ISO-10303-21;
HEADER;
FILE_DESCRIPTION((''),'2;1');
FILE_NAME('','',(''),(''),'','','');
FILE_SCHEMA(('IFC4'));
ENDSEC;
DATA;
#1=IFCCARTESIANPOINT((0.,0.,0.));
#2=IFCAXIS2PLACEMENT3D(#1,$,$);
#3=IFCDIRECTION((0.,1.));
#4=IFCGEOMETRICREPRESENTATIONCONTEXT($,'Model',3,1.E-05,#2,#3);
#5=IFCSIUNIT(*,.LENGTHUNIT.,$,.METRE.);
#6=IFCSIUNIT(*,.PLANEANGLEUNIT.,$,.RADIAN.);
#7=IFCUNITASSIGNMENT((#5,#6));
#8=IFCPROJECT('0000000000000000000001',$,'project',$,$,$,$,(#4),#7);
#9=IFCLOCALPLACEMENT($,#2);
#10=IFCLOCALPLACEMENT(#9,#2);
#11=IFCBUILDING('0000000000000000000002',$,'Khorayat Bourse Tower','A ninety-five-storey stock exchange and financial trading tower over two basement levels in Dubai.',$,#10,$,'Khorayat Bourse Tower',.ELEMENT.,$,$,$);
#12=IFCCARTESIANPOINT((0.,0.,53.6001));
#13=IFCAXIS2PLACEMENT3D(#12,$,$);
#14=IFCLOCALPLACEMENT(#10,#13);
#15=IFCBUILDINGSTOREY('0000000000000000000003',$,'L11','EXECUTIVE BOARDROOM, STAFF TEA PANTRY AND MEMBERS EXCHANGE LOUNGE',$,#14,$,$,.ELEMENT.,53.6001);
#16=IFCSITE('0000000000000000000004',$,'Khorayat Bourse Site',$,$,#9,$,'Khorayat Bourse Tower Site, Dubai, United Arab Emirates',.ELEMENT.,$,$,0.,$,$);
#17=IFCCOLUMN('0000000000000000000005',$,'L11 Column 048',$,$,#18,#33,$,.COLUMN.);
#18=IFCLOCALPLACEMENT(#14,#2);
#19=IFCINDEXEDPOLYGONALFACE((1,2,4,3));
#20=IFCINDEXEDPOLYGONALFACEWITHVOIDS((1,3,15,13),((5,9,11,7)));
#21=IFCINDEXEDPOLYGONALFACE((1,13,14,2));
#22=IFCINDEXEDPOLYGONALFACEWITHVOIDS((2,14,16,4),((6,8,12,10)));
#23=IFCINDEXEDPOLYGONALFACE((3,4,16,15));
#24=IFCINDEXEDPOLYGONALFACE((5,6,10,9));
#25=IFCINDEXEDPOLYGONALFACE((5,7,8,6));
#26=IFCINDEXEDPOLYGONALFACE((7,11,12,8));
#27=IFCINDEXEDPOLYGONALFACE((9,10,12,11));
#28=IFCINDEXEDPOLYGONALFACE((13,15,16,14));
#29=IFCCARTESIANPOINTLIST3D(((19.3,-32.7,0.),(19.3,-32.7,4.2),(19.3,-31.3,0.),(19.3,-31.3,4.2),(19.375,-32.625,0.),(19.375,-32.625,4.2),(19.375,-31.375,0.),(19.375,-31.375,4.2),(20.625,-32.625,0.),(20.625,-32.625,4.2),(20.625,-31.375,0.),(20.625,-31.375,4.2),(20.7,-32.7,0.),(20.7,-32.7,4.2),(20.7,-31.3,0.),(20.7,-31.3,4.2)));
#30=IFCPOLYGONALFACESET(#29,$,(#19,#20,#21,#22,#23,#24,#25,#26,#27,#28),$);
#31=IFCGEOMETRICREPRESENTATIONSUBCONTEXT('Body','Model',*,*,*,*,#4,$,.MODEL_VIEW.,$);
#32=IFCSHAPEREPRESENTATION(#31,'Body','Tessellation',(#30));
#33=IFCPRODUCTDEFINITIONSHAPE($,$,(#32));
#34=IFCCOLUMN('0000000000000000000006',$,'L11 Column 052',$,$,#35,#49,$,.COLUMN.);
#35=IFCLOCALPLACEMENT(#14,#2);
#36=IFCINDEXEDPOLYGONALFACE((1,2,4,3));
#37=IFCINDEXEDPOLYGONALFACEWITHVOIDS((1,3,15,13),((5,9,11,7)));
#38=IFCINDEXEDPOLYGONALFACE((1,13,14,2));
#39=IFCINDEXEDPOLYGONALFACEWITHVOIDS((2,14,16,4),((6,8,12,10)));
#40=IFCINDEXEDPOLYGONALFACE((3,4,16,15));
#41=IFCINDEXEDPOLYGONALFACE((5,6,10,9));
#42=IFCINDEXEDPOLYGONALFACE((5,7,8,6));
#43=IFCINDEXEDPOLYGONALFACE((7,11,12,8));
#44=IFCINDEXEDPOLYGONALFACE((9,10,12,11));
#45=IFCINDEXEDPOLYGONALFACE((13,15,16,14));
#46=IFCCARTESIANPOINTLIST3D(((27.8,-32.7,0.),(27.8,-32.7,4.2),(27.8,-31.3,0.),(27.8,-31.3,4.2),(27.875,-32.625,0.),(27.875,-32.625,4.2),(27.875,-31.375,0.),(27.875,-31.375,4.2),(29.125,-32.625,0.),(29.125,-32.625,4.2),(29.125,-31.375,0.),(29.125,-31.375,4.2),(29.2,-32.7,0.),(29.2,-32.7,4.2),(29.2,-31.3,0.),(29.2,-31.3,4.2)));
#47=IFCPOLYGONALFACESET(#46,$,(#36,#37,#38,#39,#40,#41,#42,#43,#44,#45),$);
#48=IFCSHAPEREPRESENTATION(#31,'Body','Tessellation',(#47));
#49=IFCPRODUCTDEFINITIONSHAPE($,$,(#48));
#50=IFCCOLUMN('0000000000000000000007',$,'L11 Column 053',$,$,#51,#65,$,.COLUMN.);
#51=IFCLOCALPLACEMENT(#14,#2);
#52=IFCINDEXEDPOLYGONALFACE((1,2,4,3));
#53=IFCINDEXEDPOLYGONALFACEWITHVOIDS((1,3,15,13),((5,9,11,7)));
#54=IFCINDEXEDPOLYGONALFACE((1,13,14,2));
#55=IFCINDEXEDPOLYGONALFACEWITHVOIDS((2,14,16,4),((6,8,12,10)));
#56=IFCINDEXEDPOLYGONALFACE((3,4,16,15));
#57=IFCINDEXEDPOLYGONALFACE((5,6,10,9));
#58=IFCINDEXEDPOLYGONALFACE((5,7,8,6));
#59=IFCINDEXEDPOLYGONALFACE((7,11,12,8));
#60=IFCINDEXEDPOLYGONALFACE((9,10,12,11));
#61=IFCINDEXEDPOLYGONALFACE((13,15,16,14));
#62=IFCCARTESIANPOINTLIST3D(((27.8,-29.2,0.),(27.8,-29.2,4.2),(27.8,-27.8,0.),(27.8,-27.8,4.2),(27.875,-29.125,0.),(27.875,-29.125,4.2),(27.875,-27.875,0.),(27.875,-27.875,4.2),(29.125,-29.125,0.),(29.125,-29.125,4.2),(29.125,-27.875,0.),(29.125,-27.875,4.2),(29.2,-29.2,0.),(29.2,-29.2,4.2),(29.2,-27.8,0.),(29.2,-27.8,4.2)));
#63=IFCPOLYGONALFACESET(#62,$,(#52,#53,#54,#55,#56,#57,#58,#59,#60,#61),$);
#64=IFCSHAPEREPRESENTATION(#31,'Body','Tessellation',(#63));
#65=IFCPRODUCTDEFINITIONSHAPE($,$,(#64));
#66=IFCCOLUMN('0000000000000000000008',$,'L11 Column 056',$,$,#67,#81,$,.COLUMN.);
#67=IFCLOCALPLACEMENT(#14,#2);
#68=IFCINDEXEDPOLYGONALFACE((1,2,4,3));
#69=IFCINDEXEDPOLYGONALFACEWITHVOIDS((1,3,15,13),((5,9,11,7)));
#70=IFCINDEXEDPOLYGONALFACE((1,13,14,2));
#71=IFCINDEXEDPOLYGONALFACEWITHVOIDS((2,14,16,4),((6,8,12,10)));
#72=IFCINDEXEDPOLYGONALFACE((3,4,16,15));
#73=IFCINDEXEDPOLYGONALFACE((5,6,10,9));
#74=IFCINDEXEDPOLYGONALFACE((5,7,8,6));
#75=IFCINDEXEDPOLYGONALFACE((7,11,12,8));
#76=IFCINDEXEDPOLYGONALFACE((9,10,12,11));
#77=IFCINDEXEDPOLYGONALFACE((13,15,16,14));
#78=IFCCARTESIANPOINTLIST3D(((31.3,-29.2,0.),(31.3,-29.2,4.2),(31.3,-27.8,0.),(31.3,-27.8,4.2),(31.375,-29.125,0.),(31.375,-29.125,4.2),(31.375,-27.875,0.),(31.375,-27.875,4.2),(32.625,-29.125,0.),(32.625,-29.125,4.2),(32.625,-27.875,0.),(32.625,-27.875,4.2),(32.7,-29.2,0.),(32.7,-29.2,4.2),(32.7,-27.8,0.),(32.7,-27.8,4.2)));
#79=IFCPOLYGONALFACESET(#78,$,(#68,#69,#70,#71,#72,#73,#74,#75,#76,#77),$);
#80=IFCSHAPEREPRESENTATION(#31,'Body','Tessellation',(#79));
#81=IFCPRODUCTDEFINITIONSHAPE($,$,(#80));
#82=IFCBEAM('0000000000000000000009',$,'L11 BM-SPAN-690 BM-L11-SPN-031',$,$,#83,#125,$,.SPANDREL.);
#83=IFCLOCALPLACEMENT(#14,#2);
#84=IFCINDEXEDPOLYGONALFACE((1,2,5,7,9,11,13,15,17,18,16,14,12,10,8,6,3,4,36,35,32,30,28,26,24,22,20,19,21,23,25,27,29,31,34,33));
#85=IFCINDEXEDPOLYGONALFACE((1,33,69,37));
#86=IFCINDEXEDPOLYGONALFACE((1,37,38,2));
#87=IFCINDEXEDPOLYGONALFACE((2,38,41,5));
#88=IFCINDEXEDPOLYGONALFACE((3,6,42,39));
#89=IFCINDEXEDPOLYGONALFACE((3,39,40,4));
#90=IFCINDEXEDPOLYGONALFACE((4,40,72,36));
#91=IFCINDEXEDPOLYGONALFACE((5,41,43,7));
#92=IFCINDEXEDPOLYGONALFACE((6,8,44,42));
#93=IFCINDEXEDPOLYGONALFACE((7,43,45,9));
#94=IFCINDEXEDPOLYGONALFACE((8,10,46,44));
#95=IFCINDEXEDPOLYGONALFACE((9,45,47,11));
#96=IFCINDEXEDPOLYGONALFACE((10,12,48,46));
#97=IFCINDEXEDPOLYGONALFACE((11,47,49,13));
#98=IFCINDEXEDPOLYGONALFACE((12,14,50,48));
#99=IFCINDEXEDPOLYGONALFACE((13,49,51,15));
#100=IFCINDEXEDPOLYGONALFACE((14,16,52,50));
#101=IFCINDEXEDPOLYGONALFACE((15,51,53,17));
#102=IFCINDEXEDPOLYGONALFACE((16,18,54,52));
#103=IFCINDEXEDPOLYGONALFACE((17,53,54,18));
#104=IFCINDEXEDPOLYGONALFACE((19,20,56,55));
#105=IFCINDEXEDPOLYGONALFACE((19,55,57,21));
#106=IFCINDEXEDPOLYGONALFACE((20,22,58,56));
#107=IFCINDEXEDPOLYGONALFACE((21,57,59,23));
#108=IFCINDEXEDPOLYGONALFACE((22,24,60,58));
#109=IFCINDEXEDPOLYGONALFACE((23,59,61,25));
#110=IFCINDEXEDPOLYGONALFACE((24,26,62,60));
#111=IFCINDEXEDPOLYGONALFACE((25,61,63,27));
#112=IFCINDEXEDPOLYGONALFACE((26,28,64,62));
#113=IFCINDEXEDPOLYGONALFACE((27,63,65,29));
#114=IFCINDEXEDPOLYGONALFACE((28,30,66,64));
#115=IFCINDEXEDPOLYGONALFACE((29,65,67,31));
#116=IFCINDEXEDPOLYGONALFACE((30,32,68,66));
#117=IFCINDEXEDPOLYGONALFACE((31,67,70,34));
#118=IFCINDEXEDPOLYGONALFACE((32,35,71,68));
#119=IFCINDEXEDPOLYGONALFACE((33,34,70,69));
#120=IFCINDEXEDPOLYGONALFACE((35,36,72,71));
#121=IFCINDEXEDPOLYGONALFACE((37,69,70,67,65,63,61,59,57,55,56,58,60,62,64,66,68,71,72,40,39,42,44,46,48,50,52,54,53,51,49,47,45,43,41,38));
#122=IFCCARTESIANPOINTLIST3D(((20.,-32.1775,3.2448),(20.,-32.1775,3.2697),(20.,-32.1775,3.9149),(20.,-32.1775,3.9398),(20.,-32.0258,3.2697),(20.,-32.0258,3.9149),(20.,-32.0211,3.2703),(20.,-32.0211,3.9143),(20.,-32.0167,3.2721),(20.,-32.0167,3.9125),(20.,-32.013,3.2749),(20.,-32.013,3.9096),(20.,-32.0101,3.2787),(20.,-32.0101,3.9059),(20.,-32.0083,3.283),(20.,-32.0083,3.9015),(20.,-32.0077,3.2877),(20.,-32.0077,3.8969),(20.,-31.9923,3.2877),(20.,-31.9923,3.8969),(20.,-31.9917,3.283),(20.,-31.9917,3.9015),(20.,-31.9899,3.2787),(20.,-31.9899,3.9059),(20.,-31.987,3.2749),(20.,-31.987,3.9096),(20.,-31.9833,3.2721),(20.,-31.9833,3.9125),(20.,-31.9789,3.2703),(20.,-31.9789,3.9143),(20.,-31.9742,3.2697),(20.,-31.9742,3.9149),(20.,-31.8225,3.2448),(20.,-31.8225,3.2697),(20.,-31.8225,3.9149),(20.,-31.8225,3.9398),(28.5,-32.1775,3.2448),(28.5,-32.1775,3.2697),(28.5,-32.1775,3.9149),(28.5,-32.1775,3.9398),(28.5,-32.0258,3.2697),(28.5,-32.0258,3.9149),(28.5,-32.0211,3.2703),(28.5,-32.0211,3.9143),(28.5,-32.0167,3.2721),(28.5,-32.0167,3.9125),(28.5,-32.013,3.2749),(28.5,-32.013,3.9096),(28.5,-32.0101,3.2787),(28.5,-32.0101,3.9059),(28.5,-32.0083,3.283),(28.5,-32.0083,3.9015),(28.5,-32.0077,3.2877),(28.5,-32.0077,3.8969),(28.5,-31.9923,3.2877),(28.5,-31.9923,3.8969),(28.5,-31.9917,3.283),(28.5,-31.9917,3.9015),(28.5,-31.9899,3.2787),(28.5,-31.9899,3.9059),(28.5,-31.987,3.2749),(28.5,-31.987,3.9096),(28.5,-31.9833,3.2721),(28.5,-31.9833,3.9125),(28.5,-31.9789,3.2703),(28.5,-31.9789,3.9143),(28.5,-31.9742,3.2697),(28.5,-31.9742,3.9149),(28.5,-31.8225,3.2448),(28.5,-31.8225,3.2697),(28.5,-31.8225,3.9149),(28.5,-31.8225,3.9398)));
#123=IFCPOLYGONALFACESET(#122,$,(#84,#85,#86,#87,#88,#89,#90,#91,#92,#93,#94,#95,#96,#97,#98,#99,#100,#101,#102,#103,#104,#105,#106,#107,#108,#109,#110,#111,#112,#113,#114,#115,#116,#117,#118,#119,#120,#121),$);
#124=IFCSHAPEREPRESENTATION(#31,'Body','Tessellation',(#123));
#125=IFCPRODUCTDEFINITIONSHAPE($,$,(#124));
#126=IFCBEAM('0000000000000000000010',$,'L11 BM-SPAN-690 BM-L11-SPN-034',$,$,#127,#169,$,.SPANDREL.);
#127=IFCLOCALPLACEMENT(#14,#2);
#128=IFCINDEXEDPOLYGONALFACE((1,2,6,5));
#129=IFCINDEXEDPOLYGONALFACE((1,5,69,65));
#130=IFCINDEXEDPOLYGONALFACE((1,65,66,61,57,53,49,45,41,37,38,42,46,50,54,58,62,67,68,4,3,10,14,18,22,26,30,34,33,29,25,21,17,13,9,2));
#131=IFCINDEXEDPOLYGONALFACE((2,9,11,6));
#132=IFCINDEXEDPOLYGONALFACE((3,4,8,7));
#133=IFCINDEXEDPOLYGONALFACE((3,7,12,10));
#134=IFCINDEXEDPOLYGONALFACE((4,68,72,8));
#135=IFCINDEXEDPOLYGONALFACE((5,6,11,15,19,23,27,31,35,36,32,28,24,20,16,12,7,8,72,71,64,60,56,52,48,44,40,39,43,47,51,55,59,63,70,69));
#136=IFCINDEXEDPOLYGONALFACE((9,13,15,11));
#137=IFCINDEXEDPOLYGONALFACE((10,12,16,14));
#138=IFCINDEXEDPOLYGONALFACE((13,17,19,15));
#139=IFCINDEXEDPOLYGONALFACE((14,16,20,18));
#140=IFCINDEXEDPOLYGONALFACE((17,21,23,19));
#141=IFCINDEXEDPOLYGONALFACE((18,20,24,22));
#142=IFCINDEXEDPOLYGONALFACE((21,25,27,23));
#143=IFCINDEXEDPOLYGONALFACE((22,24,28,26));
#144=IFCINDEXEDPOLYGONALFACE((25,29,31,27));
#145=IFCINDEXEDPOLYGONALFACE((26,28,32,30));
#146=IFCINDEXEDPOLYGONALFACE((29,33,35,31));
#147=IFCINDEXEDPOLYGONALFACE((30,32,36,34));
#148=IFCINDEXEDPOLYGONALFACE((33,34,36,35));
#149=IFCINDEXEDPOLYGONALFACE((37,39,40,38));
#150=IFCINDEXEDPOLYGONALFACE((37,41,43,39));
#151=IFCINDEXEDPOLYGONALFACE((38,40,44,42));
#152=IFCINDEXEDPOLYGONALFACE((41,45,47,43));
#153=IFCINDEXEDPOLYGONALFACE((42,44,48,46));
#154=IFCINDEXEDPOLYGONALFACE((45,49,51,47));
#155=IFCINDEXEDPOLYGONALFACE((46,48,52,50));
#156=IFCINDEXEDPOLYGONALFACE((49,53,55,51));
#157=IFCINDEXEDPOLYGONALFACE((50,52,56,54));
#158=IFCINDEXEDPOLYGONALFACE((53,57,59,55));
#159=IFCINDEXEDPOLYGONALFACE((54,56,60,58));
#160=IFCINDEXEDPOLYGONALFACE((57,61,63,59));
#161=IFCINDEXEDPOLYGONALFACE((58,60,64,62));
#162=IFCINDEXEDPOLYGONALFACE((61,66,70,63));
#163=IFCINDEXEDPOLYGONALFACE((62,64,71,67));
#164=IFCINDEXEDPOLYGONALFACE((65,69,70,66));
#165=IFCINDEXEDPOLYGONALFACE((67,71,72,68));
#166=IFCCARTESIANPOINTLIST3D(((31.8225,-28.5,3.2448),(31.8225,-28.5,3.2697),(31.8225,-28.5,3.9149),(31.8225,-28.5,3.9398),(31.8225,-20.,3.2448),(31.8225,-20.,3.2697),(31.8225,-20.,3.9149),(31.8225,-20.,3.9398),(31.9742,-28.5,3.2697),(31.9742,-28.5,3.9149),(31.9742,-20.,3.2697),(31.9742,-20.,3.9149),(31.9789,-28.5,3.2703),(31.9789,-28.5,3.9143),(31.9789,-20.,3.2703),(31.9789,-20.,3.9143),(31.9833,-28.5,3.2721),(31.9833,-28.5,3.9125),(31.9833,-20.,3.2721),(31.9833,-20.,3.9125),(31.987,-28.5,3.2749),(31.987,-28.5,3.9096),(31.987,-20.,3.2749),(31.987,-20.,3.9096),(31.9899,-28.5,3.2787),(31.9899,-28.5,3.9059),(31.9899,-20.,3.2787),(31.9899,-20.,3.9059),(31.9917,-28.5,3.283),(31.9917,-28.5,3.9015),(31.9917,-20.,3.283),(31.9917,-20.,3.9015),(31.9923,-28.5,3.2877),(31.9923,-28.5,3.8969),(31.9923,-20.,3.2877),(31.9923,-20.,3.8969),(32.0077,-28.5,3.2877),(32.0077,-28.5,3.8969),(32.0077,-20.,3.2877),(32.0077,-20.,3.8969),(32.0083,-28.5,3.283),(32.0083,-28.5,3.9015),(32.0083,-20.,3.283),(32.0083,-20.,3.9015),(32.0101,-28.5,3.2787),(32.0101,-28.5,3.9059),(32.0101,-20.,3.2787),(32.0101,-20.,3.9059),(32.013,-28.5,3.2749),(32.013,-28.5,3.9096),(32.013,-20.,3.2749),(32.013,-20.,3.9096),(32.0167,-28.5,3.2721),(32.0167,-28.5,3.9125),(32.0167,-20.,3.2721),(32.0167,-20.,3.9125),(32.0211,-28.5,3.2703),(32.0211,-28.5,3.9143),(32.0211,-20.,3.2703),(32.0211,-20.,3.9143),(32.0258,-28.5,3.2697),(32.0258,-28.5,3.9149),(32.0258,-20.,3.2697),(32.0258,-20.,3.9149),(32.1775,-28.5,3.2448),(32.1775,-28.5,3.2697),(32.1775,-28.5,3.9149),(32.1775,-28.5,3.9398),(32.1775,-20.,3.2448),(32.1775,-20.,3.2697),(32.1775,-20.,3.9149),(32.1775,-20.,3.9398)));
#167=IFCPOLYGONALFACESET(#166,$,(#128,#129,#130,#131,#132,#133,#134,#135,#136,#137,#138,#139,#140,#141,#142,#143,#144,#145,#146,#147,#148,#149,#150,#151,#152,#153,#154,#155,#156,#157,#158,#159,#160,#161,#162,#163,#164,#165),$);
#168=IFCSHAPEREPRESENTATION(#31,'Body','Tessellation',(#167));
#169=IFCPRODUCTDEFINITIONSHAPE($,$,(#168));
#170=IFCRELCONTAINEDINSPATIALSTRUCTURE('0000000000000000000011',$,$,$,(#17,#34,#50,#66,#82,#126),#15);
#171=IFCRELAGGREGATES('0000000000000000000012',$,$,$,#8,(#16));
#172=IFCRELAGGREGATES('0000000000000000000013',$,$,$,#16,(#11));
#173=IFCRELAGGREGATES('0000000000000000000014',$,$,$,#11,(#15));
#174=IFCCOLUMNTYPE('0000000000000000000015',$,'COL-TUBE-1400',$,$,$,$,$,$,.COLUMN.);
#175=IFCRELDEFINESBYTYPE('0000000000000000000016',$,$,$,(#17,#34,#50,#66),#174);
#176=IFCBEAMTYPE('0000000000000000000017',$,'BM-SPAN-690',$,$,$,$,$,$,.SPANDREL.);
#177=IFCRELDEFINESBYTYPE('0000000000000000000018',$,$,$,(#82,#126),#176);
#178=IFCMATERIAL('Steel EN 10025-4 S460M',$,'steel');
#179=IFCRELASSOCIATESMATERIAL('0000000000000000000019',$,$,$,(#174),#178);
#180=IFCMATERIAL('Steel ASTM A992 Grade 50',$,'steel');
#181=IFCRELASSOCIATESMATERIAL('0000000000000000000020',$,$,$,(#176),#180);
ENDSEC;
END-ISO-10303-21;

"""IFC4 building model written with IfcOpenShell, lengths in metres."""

from ifc_helpers import new_model, si_unit, direction, frame, origin, origin_2d, place, context, subcontext, project, spatial, hollow_rectangle, i_section, extrude, source, transform, mapped, material, material_profile, profile_set, type_object, element, save


model = new_model("IFC4")

# Units and contexts
model_context = context("Model", 3, precision=1e-05, world=origin(), true_north=direction((0.0, 1.0)))
body_context = subcontext(model_context, "Body", "Model", "MODEL_VIEW")
ifc_project = project(units=[si_unit("LENGTHUNIT", "METRE"), si_unit("PLANEANGLEUNIT", "RADIAN")], contexts=[model_context])

# Site, building, storey
site_placement = place(None, origin())
site = spatial("IfcSite", under=ifc_project, at=site_placement, Name="Khorayat Bourse Site", LongName="Khorayat Bourse Tower Site, Dubai, United Arab Emirates", CompositionType="ELEMENT", RefElevation=0.0)
building_placement = place(site_placement, origin())
building = spatial("IfcBuilding", under=site, at=building_placement, Name="Khorayat Bourse Tower", Description="A ninety-five-storey stock exchange and financial trading tower over two basement levels in Dubai.", LongName="Khorayat Bourse Tower", CompositionType="ELEMENT")
storey_placement = place(building_placement, frame((0.0, 0.0, 53.6001)))
storey = spatial("IfcBuildingStorey", under=building, at=storey_placement, Name="L11", Description="EXECUTIVE BOARDROOM, STAFF TEA PANTRY AND MEMBERS EXCHANGE LOUNGE", CompositionType="ELEMENT", Elevation=53.6001)

# Columns
ifc_material_1 = material(Name="Steel EN 10025-4 S460M", Category="steel")
ifc_material_profile_1 = material_profile(ifc_material_1, hollow_rectangle(XDim=1.3999, YDim=1.3999, WallThickness=0.075, at=origin_2d()), Name="BOX 1400x1400x75")
ifc_profile_set_1 = profile_set([ifc_material_profile_1], Name="Steel EN 10025-4 S460M")
column_type = type_object("IfcColumnType", Name="COL-TUBE-1400", PredefinedType="COLUMN", material=ifc_profile_set_1)
shared_shape_1 = source(origin(), body_context, "Body", "SweptSolid", [
    extrude(hollow_rectangle(XDim=1.3999, YDim=1.3999, WallThickness=0.075, at=origin_2d()), origin(), (0.0, 0.0, 1.0), 4.2),
])
for number, where, z_axis, x_axis, name in (
    (1, (20.0, -32.0, 0.0), (0.0, 0.0, 1.0), (1.0, 0.0, 0.0), "L11 Column 048"),
    (2, (28.5, -32.0, 0.0), (0.0, 0.0, 1.0), (1.0, 0.0, 0.0), "L11 Column 052"),
    (3, (28.5, -28.5, 0.0), (0.0, 0.0, 1.0), (1.0, 0.0, 0.0), "L11 Column 053"),
    (4, (32.0, -28.5, 0.0), (0.0, 0.0, 1.0), (1.0, 0.0, 0.0), "L11 Column 056"),
):
    element("IfcColumn", number, at=place(storey_placement, frame(where, z_axis=z_axis, x_axis=x_axis)), inside=storey, type_object=column_type, Name=name, PredefinedType="COLUMN", context=body_context, shape_type="MappedRepresentation", body=[
        mapped(shared_shape_1, transform((0.0, 0.0, 0.0), scale=1.0)),
    ])

# Beams
ifc_material_2 = material(Name="Steel ASTM A992 Grade 50", Category="steel")
ifc_material_profile_2 = material_profile(ifc_material_2, i_section(OverallWidth=0.355, OverallDepth=0.6951, WebThickness=0.0154, FlangeThickness=0.0249, FilletRadius=0.0181, at=origin_2d()), Name="W690X217")
ifc_profile_set_2 = profile_set([ifc_material_profile_2], Name="Steel ASTM A992 Grade 50")
beam_type_1 = type_object("IfcBeamType", Name="BM-SPAN-690", PredefinedType="SPANDREL", material=ifc_profile_set_2)
shared_shape_2 = source(origin(), body_context, "Body", "SweptSolid", [
    extrude(i_section(OverallWidth=0.355, OverallDepth=0.6951, WebThickness=0.0154, FlangeThickness=0.0249, FilletRadius=0.0181, at=origin_2d()), origin(), (0.0, 0.0, 1.0), 8.5),
])
for number, where, z_axis, x_axis, name in (
    (5, (20.0, -32.0, 3.5923), (1.0, 0.0, 0.0), (0.0, 1.0, 0.0), "L11 BM-SPAN-690 BM-L11-SPN-031"),
    (6, (32.0, -28.5, 3.5923), (0.0, 1.0, 0.0), (-1.0, 0.0, 0.0), "L11 BM-SPAN-690 BM-L11-SPN-034"),
):
    element("IfcBeam", number, at=place(storey_placement, frame(where, z_axis=z_axis, x_axis=x_axis)), inside=storey, type_object=beam_type_1, Name=name, PredefinedType="SPANDREL", context=body_context, shape_type="MappedRepresentation", body=[
        mapped(shared_shape_2, transform((0.0, 0.0, 0.0), scale=1.0)),
    ])

save(model, "model.ifc")
